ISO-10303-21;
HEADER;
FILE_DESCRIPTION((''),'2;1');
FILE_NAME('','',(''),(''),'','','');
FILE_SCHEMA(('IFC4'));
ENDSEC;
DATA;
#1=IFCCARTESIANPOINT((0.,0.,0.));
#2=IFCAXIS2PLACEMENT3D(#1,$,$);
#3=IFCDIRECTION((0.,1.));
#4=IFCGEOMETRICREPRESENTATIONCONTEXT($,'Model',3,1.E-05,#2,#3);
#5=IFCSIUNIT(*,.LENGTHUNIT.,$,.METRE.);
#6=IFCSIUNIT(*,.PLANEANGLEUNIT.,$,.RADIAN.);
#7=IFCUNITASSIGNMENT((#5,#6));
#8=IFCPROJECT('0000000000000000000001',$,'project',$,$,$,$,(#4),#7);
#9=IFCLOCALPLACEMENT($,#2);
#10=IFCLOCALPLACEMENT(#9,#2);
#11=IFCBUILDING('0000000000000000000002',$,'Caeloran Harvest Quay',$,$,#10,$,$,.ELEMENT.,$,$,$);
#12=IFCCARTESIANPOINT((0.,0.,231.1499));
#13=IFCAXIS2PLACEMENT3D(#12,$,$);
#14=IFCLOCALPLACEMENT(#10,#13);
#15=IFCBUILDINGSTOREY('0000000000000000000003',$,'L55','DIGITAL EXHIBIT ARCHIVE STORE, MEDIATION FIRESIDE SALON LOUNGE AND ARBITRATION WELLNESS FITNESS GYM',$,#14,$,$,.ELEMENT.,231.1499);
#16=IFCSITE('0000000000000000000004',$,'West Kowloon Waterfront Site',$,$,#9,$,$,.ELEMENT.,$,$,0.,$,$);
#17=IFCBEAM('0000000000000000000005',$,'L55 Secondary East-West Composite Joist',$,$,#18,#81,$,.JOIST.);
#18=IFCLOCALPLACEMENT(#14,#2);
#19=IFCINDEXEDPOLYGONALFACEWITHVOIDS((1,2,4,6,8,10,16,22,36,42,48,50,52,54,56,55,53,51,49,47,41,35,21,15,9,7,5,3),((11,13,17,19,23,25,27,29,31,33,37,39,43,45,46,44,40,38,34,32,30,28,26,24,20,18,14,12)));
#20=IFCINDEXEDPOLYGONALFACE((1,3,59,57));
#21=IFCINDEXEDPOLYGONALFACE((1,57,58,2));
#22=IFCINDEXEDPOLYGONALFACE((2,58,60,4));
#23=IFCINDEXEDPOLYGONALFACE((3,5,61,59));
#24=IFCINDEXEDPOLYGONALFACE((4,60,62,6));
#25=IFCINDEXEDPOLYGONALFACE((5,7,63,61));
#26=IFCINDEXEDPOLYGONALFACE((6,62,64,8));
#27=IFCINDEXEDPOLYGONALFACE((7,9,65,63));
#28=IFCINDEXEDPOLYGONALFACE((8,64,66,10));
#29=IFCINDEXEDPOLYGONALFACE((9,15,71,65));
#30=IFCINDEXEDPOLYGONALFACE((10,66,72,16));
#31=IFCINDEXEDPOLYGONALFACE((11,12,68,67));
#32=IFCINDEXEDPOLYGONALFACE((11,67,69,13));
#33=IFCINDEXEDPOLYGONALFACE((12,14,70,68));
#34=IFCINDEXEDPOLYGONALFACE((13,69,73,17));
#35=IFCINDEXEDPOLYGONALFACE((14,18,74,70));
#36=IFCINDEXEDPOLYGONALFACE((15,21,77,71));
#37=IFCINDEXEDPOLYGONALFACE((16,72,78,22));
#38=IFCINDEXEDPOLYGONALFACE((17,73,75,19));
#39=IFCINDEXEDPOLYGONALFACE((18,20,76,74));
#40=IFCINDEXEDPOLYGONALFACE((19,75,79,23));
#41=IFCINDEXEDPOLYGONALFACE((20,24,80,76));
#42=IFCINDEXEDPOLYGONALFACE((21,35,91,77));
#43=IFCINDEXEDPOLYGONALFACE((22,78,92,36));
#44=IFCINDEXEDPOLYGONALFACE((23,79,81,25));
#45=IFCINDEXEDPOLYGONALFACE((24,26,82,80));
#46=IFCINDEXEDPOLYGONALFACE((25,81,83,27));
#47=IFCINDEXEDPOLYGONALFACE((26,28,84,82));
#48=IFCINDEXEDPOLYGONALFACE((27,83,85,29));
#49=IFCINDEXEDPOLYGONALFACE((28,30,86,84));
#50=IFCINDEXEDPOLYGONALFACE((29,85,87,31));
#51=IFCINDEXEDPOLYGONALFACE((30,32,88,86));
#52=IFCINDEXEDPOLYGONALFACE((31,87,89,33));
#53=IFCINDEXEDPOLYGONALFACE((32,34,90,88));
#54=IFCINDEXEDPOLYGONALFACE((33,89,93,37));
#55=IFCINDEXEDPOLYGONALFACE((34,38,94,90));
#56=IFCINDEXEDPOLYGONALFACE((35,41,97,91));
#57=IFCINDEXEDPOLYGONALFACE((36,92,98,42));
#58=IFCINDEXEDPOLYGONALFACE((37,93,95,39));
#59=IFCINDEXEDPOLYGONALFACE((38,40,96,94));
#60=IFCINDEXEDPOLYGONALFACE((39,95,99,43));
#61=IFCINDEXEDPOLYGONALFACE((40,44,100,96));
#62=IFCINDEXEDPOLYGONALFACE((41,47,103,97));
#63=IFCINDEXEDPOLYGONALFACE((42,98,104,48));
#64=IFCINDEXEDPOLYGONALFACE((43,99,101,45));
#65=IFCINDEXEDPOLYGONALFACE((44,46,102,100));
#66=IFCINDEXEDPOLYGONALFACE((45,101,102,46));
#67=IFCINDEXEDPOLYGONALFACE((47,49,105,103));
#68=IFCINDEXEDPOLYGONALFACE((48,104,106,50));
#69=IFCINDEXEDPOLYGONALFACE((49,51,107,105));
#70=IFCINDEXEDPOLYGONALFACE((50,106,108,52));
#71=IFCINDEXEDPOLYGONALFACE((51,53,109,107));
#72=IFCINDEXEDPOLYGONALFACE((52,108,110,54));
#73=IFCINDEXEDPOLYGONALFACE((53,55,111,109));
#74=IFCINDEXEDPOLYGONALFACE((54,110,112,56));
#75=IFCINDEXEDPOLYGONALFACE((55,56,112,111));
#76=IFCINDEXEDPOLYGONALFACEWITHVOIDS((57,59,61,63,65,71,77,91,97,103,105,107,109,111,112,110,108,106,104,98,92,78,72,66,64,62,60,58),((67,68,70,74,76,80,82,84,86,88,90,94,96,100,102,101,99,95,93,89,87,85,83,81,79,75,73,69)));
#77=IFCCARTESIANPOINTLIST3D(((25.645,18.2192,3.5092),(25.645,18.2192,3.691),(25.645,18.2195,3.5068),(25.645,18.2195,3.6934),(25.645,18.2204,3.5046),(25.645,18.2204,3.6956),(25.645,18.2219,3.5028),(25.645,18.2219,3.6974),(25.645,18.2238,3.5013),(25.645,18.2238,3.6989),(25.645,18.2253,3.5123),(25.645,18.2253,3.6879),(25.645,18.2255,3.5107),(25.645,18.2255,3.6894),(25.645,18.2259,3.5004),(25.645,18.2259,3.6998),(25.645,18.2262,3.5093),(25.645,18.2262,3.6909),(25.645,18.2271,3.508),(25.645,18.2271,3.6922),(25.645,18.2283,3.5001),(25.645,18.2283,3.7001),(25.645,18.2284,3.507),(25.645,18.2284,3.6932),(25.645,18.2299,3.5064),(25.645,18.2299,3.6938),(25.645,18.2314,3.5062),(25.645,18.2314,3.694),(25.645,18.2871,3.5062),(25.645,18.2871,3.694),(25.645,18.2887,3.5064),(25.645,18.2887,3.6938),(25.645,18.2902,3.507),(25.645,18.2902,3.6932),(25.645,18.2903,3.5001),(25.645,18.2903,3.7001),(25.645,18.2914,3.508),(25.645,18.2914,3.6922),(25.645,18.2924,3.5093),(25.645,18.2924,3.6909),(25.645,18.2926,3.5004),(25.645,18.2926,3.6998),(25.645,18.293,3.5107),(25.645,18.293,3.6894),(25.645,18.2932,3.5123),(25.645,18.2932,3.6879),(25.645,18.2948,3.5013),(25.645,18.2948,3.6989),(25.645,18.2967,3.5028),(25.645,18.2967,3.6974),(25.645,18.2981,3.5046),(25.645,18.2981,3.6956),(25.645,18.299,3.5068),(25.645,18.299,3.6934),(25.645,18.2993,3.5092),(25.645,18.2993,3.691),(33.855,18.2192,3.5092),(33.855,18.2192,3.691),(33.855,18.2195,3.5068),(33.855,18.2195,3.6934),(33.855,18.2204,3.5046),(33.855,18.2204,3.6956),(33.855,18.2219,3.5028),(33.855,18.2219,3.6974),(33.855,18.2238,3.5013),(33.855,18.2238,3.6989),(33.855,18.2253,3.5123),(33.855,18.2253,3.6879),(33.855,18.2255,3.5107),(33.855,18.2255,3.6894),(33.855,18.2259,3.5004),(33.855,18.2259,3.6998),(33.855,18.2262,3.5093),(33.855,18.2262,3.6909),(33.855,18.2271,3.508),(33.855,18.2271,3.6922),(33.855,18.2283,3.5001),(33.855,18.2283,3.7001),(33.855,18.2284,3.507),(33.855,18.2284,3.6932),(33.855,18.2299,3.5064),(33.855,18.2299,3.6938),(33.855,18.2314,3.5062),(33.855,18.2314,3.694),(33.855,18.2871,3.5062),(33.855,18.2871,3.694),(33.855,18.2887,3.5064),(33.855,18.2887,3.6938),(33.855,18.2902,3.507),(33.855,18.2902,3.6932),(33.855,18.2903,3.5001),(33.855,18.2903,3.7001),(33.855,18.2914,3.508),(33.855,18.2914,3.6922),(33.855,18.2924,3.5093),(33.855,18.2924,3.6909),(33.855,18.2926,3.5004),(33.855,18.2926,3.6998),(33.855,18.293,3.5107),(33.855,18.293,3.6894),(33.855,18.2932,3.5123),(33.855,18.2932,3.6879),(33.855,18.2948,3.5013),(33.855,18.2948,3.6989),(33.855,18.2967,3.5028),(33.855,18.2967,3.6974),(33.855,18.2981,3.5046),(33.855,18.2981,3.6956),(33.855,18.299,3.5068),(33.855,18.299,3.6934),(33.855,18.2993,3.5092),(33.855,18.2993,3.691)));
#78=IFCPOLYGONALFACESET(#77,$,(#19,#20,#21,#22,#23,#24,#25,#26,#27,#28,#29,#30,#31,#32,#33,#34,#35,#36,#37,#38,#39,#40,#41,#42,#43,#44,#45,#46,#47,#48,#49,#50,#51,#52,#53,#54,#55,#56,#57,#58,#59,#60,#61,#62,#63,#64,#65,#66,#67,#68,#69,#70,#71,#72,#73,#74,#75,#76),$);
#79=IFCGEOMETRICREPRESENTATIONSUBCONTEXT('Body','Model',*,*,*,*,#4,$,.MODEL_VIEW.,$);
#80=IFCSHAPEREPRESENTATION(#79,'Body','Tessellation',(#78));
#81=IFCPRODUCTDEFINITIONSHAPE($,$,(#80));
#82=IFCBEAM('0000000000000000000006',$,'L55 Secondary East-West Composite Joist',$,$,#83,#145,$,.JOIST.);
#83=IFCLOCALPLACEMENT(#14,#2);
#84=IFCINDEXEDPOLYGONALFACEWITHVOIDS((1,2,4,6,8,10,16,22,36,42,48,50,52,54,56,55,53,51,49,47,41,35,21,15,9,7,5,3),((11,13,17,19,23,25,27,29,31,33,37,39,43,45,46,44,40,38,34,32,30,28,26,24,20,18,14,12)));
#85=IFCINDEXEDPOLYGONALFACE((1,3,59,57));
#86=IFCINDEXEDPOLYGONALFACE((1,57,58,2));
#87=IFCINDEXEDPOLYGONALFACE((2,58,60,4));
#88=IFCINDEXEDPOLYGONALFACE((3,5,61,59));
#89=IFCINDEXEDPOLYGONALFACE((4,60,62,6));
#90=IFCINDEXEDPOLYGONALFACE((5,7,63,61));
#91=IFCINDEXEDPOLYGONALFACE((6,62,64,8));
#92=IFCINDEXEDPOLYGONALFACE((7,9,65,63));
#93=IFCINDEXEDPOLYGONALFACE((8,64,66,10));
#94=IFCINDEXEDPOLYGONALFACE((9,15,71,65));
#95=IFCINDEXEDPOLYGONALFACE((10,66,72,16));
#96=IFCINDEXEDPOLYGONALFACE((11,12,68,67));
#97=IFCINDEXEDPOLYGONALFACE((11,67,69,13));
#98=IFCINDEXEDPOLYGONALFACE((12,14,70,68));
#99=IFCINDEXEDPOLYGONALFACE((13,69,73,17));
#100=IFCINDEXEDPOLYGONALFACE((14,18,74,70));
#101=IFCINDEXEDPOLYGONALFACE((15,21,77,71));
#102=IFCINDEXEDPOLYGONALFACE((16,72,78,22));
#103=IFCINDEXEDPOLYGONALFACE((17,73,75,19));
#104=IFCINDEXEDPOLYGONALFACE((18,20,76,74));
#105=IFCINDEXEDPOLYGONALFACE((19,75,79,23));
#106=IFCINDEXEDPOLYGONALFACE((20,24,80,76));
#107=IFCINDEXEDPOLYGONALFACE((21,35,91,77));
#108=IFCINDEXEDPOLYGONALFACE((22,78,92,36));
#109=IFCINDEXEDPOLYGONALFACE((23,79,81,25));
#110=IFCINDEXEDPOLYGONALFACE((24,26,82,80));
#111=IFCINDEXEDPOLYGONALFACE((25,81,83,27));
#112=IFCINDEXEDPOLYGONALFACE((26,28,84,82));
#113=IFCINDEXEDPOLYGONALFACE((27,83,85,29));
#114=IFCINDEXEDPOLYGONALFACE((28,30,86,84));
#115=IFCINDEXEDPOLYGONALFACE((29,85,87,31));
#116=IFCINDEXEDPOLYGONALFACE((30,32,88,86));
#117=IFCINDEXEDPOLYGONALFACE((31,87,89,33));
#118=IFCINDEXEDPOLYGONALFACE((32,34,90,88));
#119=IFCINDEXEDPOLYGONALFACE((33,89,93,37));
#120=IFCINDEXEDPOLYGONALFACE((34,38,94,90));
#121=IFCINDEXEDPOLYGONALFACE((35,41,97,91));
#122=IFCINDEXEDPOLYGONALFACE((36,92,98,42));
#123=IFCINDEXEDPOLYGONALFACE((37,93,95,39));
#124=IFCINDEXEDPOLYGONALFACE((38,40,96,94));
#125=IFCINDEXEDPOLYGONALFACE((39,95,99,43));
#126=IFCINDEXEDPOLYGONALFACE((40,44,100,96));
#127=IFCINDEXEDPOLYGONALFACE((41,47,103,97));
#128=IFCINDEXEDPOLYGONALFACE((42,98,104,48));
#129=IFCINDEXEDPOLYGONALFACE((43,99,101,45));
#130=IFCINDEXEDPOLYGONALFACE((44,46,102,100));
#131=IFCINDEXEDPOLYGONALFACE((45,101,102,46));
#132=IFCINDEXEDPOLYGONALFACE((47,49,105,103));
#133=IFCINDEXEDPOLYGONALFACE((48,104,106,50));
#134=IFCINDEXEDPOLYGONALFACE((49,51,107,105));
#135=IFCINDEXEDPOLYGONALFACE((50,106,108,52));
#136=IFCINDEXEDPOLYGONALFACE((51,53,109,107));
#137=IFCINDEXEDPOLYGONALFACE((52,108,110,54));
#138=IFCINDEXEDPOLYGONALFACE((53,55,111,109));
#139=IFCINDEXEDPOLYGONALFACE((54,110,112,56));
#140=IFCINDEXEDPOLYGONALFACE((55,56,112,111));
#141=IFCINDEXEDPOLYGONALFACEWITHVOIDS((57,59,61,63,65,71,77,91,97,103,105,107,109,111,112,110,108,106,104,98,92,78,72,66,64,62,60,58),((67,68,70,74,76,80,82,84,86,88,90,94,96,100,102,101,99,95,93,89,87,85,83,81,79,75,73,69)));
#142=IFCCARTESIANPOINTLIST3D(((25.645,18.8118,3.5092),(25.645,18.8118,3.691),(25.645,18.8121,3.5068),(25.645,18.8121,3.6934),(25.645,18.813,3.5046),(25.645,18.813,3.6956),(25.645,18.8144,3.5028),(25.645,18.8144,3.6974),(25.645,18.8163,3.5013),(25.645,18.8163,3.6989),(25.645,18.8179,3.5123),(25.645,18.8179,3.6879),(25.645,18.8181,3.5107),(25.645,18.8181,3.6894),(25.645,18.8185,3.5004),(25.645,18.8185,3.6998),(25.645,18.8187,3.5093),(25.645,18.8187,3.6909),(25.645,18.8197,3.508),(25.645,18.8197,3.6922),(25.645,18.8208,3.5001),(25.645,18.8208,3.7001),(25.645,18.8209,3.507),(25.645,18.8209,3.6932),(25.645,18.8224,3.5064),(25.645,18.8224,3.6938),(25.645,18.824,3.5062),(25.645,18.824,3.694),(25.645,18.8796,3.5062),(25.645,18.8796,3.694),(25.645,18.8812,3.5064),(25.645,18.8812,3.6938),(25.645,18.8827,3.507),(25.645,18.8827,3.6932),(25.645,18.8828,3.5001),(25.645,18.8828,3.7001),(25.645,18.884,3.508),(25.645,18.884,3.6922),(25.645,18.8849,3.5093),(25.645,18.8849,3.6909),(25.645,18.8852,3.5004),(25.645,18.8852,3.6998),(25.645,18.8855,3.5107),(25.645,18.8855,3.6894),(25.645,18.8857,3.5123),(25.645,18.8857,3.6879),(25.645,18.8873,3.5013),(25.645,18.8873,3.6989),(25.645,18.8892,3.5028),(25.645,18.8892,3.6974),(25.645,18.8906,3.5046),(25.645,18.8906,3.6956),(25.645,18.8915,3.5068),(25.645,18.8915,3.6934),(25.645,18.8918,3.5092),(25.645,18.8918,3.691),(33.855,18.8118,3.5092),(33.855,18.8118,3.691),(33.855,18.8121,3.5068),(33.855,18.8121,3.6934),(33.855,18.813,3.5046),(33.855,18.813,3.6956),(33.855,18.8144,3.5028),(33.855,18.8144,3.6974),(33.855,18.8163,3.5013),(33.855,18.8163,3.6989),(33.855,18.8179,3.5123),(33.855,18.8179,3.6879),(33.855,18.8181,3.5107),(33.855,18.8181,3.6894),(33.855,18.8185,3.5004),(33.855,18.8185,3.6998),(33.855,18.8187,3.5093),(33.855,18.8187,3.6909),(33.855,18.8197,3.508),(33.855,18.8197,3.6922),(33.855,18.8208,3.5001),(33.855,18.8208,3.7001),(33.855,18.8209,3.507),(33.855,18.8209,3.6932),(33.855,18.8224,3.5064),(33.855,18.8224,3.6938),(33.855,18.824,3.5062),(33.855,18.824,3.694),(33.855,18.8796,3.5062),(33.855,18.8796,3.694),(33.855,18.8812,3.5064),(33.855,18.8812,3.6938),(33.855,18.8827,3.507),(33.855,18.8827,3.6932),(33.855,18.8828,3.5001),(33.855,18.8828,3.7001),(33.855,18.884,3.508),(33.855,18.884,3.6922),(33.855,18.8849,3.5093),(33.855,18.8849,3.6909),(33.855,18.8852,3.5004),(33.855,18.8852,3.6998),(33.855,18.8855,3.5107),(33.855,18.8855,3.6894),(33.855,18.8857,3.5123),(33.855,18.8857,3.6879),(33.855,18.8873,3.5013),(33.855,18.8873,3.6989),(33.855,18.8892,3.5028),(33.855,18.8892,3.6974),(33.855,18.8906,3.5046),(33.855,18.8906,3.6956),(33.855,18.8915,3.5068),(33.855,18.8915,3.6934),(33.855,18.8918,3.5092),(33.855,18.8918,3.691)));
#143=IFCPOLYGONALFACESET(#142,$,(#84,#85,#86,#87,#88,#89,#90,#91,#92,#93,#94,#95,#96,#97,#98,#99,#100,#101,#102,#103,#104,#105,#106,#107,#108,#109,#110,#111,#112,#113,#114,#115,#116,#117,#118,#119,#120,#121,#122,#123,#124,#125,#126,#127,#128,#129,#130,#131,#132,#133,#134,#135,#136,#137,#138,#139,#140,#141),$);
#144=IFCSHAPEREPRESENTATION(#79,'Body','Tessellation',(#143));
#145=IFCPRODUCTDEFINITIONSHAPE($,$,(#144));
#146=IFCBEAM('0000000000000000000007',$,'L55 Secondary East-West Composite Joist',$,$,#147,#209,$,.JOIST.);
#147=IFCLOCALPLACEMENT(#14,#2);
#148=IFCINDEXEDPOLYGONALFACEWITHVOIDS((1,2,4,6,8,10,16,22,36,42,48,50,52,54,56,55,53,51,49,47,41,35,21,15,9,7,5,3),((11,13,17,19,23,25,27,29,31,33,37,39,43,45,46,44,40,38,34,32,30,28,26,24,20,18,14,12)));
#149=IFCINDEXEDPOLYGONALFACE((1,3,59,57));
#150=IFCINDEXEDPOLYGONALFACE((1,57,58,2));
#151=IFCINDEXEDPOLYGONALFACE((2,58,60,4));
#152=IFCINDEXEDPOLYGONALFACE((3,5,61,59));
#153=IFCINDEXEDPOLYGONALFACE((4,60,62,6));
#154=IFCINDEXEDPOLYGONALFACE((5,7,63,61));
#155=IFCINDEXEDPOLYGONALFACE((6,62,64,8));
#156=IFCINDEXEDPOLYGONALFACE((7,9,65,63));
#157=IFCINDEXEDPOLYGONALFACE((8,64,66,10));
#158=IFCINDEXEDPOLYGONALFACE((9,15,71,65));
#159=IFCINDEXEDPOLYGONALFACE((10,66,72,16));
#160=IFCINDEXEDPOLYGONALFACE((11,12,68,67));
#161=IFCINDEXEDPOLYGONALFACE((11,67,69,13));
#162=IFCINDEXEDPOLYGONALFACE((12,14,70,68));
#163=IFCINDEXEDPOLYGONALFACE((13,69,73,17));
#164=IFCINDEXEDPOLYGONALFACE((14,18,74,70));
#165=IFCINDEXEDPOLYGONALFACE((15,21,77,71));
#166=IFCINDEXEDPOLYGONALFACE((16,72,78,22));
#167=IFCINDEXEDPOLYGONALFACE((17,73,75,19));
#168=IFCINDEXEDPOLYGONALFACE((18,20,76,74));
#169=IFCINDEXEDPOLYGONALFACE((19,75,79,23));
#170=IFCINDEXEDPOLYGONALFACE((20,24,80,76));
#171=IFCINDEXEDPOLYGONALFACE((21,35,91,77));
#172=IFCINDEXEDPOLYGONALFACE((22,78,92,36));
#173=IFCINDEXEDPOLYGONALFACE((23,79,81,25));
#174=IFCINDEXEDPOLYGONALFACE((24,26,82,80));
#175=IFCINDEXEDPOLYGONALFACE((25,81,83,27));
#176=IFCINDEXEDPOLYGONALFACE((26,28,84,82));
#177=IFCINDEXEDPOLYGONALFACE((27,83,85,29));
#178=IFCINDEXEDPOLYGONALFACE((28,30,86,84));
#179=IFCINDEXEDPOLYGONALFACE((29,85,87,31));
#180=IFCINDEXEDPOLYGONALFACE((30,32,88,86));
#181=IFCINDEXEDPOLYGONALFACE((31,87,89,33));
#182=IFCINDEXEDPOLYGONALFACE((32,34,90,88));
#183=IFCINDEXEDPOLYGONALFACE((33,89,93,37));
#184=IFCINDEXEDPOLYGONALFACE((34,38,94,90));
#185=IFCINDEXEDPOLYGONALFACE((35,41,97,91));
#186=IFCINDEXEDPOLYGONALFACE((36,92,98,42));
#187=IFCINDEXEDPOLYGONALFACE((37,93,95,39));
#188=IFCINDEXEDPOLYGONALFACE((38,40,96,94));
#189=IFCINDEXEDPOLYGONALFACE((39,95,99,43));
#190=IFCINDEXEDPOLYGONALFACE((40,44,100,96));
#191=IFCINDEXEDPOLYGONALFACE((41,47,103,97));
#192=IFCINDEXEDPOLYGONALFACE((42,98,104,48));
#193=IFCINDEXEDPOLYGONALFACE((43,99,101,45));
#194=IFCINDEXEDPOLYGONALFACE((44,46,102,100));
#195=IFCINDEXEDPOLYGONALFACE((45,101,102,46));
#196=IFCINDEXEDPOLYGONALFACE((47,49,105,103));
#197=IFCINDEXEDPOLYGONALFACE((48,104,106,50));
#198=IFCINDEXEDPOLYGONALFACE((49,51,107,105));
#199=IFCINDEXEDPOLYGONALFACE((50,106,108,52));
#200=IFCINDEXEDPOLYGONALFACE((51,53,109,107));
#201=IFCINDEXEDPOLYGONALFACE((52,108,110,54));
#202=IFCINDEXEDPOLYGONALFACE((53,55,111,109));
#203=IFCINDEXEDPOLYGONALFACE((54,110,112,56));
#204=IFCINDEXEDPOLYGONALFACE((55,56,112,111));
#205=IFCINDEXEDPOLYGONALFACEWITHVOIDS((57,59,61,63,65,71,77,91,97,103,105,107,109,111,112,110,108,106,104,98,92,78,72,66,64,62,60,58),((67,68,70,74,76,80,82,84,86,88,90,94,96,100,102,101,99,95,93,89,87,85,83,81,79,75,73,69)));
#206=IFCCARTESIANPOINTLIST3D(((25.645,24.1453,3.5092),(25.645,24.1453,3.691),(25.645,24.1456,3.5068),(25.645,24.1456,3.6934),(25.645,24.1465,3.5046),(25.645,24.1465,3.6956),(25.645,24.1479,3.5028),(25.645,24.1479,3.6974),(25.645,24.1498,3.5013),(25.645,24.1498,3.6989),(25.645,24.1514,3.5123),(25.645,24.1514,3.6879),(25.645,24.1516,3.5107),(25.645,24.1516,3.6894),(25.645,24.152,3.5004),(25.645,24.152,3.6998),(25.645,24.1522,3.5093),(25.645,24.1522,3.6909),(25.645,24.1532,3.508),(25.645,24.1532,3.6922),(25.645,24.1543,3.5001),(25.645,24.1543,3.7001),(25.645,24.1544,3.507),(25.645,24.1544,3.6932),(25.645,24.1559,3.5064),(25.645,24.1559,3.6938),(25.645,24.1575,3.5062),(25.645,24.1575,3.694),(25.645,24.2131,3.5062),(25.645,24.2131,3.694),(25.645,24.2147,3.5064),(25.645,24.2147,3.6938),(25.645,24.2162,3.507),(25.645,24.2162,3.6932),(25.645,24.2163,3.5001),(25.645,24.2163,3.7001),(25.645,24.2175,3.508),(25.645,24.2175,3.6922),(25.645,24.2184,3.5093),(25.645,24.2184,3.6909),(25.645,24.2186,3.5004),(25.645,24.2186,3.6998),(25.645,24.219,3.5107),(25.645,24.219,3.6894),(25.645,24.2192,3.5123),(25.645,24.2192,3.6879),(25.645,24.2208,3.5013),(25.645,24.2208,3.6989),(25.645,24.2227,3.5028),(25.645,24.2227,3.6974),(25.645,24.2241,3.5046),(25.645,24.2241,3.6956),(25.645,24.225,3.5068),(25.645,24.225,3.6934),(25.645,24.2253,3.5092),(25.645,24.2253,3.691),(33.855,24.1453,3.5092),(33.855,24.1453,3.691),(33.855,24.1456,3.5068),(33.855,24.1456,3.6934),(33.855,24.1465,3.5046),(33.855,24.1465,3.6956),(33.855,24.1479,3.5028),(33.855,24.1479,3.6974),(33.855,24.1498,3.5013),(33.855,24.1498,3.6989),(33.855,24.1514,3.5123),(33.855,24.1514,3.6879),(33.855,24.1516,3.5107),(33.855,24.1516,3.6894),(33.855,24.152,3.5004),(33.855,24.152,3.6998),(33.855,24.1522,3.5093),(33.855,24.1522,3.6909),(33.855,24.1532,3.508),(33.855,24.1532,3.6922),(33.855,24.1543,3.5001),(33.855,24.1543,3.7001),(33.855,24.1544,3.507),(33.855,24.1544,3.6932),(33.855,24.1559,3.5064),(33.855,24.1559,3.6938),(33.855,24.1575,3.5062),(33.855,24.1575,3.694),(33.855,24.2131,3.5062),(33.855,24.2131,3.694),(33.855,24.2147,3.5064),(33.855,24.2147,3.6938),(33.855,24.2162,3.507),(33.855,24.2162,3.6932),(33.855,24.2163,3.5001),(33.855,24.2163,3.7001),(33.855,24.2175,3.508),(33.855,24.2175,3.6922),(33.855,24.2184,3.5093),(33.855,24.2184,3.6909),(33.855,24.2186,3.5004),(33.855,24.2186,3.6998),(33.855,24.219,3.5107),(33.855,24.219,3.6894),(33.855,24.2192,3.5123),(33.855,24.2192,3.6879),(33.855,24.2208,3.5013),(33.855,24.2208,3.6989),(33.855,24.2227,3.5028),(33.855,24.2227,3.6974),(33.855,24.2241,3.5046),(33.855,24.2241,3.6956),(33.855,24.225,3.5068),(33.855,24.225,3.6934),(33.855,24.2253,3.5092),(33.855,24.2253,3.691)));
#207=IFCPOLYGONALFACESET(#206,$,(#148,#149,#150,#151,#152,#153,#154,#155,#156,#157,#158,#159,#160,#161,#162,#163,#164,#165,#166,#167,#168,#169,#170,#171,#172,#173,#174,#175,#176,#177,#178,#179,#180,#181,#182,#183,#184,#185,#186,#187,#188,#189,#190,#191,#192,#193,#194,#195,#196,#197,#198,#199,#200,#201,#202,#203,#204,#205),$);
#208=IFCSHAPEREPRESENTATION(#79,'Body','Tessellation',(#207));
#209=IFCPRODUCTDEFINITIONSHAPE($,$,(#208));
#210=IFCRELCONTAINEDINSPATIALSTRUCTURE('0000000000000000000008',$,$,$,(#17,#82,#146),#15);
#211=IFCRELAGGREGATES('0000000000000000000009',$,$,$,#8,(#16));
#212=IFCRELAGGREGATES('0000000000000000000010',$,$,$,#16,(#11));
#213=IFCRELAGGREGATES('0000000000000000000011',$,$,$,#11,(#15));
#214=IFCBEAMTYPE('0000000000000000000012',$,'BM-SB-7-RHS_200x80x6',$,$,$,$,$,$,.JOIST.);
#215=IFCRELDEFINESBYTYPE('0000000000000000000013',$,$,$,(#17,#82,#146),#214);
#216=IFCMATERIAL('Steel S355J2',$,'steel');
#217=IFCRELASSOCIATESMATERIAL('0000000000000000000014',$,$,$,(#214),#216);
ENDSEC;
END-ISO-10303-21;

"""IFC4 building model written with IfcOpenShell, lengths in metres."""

from ifc_helpers import new_model, si_unit, direction, frame, origin, origin_2d, place, context, subcontext, project, spatial, hollow_rectangle, extrude, material, material_profile, profile_set, type_object, element, save


model = new_model("IFC4")

# Units and contexts
model_context = context("Model", 3, precision=1e-05, world=origin(), true_north=direction((0.0, 1.0)))
body_context = subcontext(model_context, "Body", "Model", "MODEL_VIEW")
ifc_project = project(units=[si_unit("LENGTHUNIT", "METRE"), si_unit("PLANEANGLEUNIT", "RADIAN")], contexts=[model_context])

# Site, building, storey
site_placement = place(None, origin())
site = spatial("IfcSite", under=ifc_project, at=site_placement, Name="West Kowloon Waterfront Site", CompositionType="ELEMENT", RefElevation=0.0)
building_placement = place(site_placement, origin())
building = spatial("IfcBuilding", under=site, at=building_placement, Name="Caeloran Harvest Quay", CompositionType="ELEMENT")
storey_placement = place(building_placement, frame((0.0, 0.0, 231.1499)))
storey = spatial("IfcBuildingStorey", under=building, at=storey_placement, Name="L55", Description="DIGITAL EXHIBIT ARCHIVE STORE, MEDIATION FIRESIDE SALON LOUNGE AND ARBITRATION WELLNESS FITNESS GYM", CompositionType="ELEMENT", Elevation=231.1499)

# Beams
ifc_material_1 = material(Name="Steel S355J2", Category="steel")
ifc_material_profile_1 = material_profile(ifc_material_1, hollow_rectangle(XDim=0.0801, YDim=0.2, WallThickness=0.0061, InnerFilletRadius=0.0061, OuterFilletRadius=0.009, at=origin_2d()), Name="RHS 200x80x6")
ifc_profile_set_1 = profile_set([ifc_material_profile_1], Name="Steel S355J2")
beam_type_1 = type_object("IfcBeamType", Name="BM-SB-7-RHS_200x80x6", PredefinedType="JOIST", material=ifc_profile_set_1)
for number, where, z_axis, x_axis, name in (
    (1, (25.645, 18.2593, 3.6001), (1.0, 0.0, 0.0), (0.0, 1.0, 0.0), "L55 Secondary East-West Composite Joist"),
    (2, (25.645, 18.8518, 3.6001), (1.0, 0.0, 0.0), (0.0, 1.0, 0.0), "L55 Secondary East-West Composite Joist"),
    (3, (25.645, 24.1853, 3.6001), (1.0, 0.0, 0.0), (0.0, 1.0, 0.0), "L55 Secondary East-West Composite Joist"),
):
    element("IfcBeam", number, at=place(storey_placement, frame(where, z_axis=z_axis, x_axis=x_axis)), inside=storey, type_object=beam_type_1, Name=name, PredefinedType="JOIST", context=body_context, shape_type="SweptSolid", body=[
        extrude(hollow_rectangle(XDim=0.0801, YDim=0.2, WallThickness=0.0061, InnerFilletRadius=0.0061, OuterFilletRadius=0.009, at=origin_2d()), origin(), (0.0, 0.0, 1.0), 8.21),
    ])

save(model, "model.ifc")
